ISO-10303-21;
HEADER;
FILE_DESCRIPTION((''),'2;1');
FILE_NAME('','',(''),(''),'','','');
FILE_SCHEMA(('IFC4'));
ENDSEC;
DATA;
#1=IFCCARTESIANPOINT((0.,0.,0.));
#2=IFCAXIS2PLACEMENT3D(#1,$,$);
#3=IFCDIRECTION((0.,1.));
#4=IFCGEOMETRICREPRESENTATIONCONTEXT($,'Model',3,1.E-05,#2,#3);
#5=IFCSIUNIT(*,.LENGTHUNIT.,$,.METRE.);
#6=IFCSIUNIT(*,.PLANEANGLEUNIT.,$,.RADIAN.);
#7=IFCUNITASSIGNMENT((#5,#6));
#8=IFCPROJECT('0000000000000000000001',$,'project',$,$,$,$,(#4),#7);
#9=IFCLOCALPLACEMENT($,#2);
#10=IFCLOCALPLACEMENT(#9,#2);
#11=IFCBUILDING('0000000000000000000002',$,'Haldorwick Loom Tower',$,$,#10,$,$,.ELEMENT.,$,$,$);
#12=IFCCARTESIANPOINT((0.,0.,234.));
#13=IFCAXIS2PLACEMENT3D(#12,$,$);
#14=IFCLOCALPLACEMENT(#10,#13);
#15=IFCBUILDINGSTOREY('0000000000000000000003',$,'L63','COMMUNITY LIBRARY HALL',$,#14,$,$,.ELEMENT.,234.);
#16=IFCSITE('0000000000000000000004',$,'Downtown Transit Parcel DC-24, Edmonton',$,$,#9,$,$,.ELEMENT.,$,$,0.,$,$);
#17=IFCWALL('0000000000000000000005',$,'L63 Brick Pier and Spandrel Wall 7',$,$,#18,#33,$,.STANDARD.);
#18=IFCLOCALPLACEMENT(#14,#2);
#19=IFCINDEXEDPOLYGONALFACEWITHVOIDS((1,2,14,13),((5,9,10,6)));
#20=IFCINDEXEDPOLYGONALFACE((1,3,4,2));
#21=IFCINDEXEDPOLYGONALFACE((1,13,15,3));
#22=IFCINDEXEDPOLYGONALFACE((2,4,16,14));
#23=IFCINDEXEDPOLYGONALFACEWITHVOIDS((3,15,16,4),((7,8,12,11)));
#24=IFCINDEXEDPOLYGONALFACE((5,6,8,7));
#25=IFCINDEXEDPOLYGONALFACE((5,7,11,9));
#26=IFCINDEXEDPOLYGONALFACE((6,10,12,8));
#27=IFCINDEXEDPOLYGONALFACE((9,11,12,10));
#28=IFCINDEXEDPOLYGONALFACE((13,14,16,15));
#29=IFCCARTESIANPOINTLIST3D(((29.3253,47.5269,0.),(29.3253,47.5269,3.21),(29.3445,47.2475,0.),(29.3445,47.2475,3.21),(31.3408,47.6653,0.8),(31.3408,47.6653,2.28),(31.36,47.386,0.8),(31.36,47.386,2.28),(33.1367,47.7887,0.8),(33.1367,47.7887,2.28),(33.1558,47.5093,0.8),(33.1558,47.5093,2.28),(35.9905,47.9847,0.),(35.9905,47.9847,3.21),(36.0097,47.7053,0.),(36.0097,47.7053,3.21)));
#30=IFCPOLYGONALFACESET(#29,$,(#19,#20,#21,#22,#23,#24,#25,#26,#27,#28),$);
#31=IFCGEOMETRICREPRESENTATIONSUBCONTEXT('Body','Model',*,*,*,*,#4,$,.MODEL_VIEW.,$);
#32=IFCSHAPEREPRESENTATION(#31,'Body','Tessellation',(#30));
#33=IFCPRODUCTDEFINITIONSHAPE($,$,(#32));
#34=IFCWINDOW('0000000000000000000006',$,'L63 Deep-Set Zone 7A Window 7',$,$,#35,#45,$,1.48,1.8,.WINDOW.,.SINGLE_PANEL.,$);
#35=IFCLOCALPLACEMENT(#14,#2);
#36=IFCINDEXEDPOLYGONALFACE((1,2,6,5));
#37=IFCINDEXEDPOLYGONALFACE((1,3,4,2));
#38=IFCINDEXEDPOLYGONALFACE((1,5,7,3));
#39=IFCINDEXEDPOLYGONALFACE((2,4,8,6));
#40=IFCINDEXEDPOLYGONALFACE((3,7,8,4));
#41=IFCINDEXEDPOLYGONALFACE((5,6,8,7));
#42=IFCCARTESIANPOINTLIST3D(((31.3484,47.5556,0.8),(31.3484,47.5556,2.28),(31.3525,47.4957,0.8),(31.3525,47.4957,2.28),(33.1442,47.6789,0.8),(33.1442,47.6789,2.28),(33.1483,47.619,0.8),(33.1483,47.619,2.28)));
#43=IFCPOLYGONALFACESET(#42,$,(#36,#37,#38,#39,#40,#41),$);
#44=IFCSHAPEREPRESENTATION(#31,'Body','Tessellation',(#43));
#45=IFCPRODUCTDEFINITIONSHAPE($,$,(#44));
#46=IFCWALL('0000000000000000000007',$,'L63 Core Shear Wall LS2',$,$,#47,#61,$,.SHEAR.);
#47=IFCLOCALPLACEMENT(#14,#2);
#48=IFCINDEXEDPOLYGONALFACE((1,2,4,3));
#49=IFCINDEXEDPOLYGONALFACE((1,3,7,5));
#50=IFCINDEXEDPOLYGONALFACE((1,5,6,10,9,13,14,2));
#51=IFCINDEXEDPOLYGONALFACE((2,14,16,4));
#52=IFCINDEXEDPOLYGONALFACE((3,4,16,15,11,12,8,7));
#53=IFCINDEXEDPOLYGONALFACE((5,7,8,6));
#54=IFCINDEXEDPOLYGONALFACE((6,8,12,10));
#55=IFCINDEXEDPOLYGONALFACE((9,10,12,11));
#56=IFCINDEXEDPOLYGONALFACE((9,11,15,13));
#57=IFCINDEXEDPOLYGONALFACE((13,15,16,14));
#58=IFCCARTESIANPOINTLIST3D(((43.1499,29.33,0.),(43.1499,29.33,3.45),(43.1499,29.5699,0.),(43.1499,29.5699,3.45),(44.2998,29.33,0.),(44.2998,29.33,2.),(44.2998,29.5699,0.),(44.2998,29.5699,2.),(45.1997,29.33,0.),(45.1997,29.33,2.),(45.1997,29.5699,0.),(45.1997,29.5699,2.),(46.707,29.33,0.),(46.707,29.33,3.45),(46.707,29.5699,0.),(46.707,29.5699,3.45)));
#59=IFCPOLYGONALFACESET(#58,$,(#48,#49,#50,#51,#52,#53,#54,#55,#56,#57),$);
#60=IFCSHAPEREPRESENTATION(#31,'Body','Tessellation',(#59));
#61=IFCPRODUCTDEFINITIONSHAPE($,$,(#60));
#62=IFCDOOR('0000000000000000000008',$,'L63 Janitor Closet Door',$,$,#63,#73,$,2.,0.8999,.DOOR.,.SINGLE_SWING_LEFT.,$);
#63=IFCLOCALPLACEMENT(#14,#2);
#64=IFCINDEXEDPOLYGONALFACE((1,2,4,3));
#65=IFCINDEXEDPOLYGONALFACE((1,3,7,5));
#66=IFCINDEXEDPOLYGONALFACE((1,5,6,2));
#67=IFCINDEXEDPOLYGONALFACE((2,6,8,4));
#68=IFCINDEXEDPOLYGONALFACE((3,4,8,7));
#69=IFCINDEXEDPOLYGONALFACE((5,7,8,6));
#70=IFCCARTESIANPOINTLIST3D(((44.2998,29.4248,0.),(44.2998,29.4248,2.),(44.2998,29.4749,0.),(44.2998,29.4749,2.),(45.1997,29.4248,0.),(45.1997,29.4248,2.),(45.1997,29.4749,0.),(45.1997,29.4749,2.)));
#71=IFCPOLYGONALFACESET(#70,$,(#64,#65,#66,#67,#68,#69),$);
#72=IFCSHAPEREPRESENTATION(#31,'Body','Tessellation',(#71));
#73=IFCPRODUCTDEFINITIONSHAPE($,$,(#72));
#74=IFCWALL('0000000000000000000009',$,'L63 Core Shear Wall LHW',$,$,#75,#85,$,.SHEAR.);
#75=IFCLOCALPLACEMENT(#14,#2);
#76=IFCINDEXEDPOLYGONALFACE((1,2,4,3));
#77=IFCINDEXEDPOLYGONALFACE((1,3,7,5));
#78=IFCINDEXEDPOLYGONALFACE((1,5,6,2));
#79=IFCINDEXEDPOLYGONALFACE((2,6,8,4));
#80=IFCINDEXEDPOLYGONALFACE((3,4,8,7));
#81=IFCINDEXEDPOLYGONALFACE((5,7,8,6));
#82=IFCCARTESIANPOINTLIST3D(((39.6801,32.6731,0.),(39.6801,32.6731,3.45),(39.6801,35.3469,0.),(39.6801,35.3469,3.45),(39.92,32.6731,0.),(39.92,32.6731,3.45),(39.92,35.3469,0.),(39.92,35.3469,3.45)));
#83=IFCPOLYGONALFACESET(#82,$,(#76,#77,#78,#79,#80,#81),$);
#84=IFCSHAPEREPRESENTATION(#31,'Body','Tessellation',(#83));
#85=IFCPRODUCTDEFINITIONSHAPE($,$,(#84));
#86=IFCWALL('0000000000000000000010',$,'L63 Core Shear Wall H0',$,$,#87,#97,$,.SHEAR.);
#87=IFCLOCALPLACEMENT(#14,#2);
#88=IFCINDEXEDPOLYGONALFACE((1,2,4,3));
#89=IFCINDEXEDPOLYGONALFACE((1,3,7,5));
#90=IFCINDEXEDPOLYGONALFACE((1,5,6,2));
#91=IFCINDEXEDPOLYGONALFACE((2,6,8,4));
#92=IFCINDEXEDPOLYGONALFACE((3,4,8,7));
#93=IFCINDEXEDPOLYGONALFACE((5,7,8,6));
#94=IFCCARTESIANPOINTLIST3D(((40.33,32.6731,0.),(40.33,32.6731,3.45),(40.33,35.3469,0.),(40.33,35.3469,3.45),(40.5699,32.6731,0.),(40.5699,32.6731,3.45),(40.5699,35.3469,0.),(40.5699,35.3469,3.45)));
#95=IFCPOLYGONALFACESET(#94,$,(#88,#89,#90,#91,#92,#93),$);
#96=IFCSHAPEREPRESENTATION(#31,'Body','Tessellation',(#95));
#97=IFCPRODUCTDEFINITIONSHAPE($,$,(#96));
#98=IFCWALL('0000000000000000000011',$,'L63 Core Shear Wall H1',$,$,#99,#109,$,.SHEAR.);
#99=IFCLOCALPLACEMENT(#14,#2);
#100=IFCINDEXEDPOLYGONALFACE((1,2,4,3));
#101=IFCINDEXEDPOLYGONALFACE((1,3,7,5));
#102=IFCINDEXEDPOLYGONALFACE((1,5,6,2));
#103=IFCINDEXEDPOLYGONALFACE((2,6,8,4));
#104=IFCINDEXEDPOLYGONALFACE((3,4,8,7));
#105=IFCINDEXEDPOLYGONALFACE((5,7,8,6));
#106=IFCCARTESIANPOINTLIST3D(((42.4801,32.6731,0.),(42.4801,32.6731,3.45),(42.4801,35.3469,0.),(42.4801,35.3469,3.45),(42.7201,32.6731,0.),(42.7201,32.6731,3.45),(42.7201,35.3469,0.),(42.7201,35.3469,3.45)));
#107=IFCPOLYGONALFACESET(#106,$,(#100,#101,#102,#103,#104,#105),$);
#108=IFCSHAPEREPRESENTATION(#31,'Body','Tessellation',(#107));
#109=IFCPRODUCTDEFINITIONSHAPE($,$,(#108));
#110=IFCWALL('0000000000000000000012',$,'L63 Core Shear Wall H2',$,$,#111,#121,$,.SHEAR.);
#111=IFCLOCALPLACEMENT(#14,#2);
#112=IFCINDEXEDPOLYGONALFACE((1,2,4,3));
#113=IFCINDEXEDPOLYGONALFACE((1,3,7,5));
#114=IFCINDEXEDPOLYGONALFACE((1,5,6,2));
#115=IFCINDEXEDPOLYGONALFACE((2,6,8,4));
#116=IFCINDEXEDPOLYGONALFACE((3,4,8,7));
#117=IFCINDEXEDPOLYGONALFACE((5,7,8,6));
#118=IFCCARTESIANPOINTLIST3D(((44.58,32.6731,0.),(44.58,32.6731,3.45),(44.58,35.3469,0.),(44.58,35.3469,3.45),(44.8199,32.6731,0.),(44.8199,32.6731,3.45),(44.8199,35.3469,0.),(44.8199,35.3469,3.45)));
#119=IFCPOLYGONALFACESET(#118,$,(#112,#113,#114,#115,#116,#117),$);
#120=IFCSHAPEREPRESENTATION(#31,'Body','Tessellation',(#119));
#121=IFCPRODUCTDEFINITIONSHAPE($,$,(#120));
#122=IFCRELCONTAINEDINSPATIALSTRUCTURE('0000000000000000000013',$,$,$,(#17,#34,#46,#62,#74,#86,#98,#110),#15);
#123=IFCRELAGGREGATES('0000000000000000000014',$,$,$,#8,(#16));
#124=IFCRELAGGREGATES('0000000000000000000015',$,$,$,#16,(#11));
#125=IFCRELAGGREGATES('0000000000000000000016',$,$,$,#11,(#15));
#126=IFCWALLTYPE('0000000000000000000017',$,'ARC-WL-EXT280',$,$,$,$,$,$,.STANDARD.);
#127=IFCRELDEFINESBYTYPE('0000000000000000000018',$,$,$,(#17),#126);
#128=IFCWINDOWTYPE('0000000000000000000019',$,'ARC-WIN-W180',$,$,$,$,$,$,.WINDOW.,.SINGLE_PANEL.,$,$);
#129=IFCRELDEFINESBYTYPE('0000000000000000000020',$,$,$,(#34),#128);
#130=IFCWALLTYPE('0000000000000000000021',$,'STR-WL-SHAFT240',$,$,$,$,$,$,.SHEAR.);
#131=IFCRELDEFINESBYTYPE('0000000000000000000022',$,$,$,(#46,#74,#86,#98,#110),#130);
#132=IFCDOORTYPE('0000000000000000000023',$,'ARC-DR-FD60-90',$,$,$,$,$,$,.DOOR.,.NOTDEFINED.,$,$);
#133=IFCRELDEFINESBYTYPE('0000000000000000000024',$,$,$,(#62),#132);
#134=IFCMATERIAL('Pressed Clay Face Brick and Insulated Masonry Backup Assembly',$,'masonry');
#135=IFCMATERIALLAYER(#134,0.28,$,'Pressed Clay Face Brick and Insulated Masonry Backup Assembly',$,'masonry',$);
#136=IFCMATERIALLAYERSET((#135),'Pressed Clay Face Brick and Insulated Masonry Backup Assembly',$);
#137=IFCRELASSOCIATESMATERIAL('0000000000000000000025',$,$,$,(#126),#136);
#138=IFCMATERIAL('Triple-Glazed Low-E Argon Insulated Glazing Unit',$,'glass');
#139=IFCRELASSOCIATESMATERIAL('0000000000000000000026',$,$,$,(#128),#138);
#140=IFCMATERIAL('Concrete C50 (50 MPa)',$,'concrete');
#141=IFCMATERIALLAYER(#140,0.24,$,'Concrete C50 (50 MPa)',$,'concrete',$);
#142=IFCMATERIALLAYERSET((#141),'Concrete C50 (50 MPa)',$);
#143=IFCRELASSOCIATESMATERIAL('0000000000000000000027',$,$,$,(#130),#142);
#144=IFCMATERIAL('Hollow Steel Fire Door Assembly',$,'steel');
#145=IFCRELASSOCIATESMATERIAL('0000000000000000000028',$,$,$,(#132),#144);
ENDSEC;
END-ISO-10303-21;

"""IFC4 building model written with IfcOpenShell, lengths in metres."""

from ifc_helpers import new_model, si_unit, direction, frame, frame_2d, origin, place, context, subcontext, project, spatial, rectangle, extrude, material, layer, layer_set, type_object, element, fill, save


model = new_model("IFC4")

# Units and contexts
model_context = context("Model", 3, precision=1e-05, world=origin(), true_north=direction((0.0, 1.0)))
body_context = subcontext(model_context, "Body", "Model", "MODEL_VIEW")
ifc_project = project(units=[si_unit("LENGTHUNIT", "METRE"), si_unit("PLANEANGLEUNIT", "RADIAN")], contexts=[model_context])

# Site, building, storey
site_placement = place(None, origin())
site = spatial("IfcSite", under=ifc_project, at=site_placement, Name="Downtown Transit Parcel DC-24, Edmonton", CompositionType="ELEMENT", RefElevation=0.0)
building_placement = place(site_placement, origin())
building = spatial("IfcBuilding", under=site, at=building_placement, Name="Haldorwick Loom Tower", CompositionType="ELEMENT")
storey_placement = place(building_placement, frame((0.0, 0.0, 234.0)))
storey = spatial("IfcBuildingStorey", under=building, at=storey_placement, Name="L63", Description="COMMUNITY LIBRARY HALL", CompositionType="ELEMENT", Elevation=234.0)

# Shared definitions
ifc_material_1 = material(Name="Concrete C50 (50 MPa)", Category="concrete")

# Wall, opening, window
ifc_material_2 = material(Name="Pressed Clay Face Brick and Insulated Masonry Backup Assembly", Category="masonry")
ifc_layer_1 = layer(ifc_material_2, 0.28, Name="Pressed Clay Face Brick and Insulated Masonry Backup Assembly", Category="masonry")
ifc_layer_set_1 = layer_set([ifc_layer_1], Name="Pressed Clay Face Brick and Insulated Masonry Backup Assembly")
wall_type_1 = type_object("IfcWallType", Name="ARC-WL-EXT280", PredefinedType="STANDARD", material=ifc_layer_set_1)
ifc_material_3 = material(Name="Triple-Glazed Low-E Argon Insulated Glazing Unit", Category="glass")
window_type = type_object("IfcWindowType", Name="ARC-WIN-W180", PartitioningType="SINGLE_PANEL", PredefinedType="WINDOW", material=ifc_material_3)
wall_1_placement = place(storey_placement, frame((36.0, 47.845, 0.0), z_axis=(0.0, 0.0, 1.0), x_axis=(-0.99765, -0.068517, 0.0)))
wall_1 = element("IfcWall", 1, at=wall_1_placement, inside=storey, type_object=wall_type_1, Name="L63 Brick Pier and Spandrel Wall 7", PredefinedType="STANDARD", context=body_context, shape_type="SweptSolid", body=[
    extrude(rectangle(XDim=6.6809, YDim=0.28, at=frame_2d((3.3403, 0.0))), origin(), (0.0, 0.0, 1.0), 3.21),
])
opening_1_placement = place(wall_1_placement, frame((2.8606, 0.0, 0.8)))
opening_1 = element("IfcOpeningElement", 2, at=opening_1_placement, cuts=wall_1, PredefinedType="OPENING", context=body_context, shape_type="SweptSolid", body=[
    extrude(rectangle(XDim=1.8, YDim=1.48, at=frame_2d((0.8999, 0.74))), frame((0.0, 0.1499, 0.0), z_axis=(0.0, -1.0, 0.0), x_axis=(1.0, 0.0, 0.0)), (0.0, 0.0, 1.0), 0.3),
])
window_1_placement = place(opening_1_placement, origin())
window_1 = element("IfcWindow", 3, at=window_1_placement, inside=storey, type_object=window_type, Name="L63 Deep-Set Zone 7A Window 7", OverallHeight=1.48, OverallWidth=1.8, PartitioningType="SINGLE_PANEL", PredefinedType="WINDOW", context=body_context, shape_type="SweptSolid", body=[
    extrude(rectangle(XDim=1.8, YDim=1.48, at=frame_2d((0.8999, 0.74))), frame((0.0, 0.03, 0.0), z_axis=(0.0, -1.0, 0.0), x_axis=(1.0, 0.0, 0.0)), (0.0, 0.0, 1.0), 0.0601),
])
fill(opening_1, window_1)

# Wall, opening, door
ifc_layer_2 = layer(ifc_material_1, 0.24, Name="Concrete C50 (50 MPa)", Category="concrete")
ifc_layer_set_2 = layer_set([ifc_layer_2], Name="Concrete C50 (50 MPa)")
wall_type_2 = type_object("IfcWallType", Name="STR-WL-SHAFT240", PredefinedType="SHEAR", material=ifc_layer_set_2)
wall_2_placement = place(storey_placement, frame((43.1499, 29.45, 0.0), z_axis=(0.0, 0.0, 1.0), x_axis=(1.0, 0.0, 0.0)))
wall_2 = element("IfcWall", 4, at=wall_2_placement, inside=storey, type_object=wall_type_2, Name="L63 Core Shear Wall LS2", PredefinedType="SHEAR", context=body_context, shape_type="SweptSolid", body=[
    extrude(rectangle(XDim=3.5571, YDim=0.24, at=frame_2d((1.7786, 0.0))), origin(), (0.0, 0.0, 1.0), 3.45),
])
opening_2_placement = place(wall_2_placement, frame((1.1499, 0.0, 0.0)))
opening_2 = element("IfcOpeningElement", 5, at=opening_2_placement, cuts=wall_2, PredefinedType="OPENING", context=body_context, shape_type="SweptSolid", body=[
    extrude(rectangle(XDim=0.8999, YDim=2.0, at=frame_2d((0.45, 1.0))), frame((0.0, 0.1299, 0.0), z_axis=(0.0, -1.0, 0.0), x_axis=(1.0, 0.0, 0.0)), (0.0, 0.0, 1.0), 0.26),
])
ifc_material_4 = material(Name="Hollow Steel Fire Door Assembly", Category="steel")
door_type = type_object("IfcDoorType", Name="ARC-DR-FD60-90", OperationType="NOTDEFINED", PredefinedType="DOOR", material=ifc_material_4)
door_placement = place(opening_2_placement, origin())
door = element("IfcDoor", 6, at=door_placement, inside=storey, type_object=door_type, Name="L63 Janitor Closet Door", OperationType="SINGLE_SWING_LEFT", OverallHeight=2.0, OverallWidth=0.8999, PredefinedType="DOOR", context=body_context, shape_type="SweptSolid", body=[
    extrude(rectangle(XDim=0.8999, YDim=2.0, at=frame_2d((0.45, 1.0))), frame((0.0, 0.0249, 0.0), z_axis=(0.0, -1.0, 0.0), x_axis=(1.0, 0.0, 0.0)), (0.0, 0.0, 1.0), 0.05),
])
fill(opening_2, door)

# Walls
for number, where, z_axis, x_axis, name in (
    (7, (39.8, 32.6731, 0.0), (0.0, 0.0, 1.0), (0.0, 1.0, 0.0), "L63 Core Shear Wall LHW"),
    (8, (40.45, 32.6731, 0.0), (0.0, 0.0, 1.0), (0.0, 1.0, 0.0), "L63 Core Shear Wall H0"),
    (9, (42.6001, 32.6731, 0.0), (0.0, 0.0, 1.0), (0.0, 1.0, 0.0), "L63 Core Shear Wall H1"),
    (10, (44.7, 32.6731, 0.0), (0.0, 0.0, 1.0), (0.0, 1.0, 0.0), "L63 Core Shear Wall H2"),
):
    element("IfcWall", number, at=place(storey_placement, frame(where, z_axis=z_axis, x_axis=x_axis)), inside=storey, type_object=wall_type_2, Name=name, PredefinedType="SHEAR", context=body_context, shape_type="SweptSolid", body=[
        extrude(rectangle(XDim=2.6738, YDim=0.24, at=frame_2d((1.3369, 0.0))), origin(), (0.0, 0.0, 1.0), 3.45),
    ])

save(model, "model.ifc")
